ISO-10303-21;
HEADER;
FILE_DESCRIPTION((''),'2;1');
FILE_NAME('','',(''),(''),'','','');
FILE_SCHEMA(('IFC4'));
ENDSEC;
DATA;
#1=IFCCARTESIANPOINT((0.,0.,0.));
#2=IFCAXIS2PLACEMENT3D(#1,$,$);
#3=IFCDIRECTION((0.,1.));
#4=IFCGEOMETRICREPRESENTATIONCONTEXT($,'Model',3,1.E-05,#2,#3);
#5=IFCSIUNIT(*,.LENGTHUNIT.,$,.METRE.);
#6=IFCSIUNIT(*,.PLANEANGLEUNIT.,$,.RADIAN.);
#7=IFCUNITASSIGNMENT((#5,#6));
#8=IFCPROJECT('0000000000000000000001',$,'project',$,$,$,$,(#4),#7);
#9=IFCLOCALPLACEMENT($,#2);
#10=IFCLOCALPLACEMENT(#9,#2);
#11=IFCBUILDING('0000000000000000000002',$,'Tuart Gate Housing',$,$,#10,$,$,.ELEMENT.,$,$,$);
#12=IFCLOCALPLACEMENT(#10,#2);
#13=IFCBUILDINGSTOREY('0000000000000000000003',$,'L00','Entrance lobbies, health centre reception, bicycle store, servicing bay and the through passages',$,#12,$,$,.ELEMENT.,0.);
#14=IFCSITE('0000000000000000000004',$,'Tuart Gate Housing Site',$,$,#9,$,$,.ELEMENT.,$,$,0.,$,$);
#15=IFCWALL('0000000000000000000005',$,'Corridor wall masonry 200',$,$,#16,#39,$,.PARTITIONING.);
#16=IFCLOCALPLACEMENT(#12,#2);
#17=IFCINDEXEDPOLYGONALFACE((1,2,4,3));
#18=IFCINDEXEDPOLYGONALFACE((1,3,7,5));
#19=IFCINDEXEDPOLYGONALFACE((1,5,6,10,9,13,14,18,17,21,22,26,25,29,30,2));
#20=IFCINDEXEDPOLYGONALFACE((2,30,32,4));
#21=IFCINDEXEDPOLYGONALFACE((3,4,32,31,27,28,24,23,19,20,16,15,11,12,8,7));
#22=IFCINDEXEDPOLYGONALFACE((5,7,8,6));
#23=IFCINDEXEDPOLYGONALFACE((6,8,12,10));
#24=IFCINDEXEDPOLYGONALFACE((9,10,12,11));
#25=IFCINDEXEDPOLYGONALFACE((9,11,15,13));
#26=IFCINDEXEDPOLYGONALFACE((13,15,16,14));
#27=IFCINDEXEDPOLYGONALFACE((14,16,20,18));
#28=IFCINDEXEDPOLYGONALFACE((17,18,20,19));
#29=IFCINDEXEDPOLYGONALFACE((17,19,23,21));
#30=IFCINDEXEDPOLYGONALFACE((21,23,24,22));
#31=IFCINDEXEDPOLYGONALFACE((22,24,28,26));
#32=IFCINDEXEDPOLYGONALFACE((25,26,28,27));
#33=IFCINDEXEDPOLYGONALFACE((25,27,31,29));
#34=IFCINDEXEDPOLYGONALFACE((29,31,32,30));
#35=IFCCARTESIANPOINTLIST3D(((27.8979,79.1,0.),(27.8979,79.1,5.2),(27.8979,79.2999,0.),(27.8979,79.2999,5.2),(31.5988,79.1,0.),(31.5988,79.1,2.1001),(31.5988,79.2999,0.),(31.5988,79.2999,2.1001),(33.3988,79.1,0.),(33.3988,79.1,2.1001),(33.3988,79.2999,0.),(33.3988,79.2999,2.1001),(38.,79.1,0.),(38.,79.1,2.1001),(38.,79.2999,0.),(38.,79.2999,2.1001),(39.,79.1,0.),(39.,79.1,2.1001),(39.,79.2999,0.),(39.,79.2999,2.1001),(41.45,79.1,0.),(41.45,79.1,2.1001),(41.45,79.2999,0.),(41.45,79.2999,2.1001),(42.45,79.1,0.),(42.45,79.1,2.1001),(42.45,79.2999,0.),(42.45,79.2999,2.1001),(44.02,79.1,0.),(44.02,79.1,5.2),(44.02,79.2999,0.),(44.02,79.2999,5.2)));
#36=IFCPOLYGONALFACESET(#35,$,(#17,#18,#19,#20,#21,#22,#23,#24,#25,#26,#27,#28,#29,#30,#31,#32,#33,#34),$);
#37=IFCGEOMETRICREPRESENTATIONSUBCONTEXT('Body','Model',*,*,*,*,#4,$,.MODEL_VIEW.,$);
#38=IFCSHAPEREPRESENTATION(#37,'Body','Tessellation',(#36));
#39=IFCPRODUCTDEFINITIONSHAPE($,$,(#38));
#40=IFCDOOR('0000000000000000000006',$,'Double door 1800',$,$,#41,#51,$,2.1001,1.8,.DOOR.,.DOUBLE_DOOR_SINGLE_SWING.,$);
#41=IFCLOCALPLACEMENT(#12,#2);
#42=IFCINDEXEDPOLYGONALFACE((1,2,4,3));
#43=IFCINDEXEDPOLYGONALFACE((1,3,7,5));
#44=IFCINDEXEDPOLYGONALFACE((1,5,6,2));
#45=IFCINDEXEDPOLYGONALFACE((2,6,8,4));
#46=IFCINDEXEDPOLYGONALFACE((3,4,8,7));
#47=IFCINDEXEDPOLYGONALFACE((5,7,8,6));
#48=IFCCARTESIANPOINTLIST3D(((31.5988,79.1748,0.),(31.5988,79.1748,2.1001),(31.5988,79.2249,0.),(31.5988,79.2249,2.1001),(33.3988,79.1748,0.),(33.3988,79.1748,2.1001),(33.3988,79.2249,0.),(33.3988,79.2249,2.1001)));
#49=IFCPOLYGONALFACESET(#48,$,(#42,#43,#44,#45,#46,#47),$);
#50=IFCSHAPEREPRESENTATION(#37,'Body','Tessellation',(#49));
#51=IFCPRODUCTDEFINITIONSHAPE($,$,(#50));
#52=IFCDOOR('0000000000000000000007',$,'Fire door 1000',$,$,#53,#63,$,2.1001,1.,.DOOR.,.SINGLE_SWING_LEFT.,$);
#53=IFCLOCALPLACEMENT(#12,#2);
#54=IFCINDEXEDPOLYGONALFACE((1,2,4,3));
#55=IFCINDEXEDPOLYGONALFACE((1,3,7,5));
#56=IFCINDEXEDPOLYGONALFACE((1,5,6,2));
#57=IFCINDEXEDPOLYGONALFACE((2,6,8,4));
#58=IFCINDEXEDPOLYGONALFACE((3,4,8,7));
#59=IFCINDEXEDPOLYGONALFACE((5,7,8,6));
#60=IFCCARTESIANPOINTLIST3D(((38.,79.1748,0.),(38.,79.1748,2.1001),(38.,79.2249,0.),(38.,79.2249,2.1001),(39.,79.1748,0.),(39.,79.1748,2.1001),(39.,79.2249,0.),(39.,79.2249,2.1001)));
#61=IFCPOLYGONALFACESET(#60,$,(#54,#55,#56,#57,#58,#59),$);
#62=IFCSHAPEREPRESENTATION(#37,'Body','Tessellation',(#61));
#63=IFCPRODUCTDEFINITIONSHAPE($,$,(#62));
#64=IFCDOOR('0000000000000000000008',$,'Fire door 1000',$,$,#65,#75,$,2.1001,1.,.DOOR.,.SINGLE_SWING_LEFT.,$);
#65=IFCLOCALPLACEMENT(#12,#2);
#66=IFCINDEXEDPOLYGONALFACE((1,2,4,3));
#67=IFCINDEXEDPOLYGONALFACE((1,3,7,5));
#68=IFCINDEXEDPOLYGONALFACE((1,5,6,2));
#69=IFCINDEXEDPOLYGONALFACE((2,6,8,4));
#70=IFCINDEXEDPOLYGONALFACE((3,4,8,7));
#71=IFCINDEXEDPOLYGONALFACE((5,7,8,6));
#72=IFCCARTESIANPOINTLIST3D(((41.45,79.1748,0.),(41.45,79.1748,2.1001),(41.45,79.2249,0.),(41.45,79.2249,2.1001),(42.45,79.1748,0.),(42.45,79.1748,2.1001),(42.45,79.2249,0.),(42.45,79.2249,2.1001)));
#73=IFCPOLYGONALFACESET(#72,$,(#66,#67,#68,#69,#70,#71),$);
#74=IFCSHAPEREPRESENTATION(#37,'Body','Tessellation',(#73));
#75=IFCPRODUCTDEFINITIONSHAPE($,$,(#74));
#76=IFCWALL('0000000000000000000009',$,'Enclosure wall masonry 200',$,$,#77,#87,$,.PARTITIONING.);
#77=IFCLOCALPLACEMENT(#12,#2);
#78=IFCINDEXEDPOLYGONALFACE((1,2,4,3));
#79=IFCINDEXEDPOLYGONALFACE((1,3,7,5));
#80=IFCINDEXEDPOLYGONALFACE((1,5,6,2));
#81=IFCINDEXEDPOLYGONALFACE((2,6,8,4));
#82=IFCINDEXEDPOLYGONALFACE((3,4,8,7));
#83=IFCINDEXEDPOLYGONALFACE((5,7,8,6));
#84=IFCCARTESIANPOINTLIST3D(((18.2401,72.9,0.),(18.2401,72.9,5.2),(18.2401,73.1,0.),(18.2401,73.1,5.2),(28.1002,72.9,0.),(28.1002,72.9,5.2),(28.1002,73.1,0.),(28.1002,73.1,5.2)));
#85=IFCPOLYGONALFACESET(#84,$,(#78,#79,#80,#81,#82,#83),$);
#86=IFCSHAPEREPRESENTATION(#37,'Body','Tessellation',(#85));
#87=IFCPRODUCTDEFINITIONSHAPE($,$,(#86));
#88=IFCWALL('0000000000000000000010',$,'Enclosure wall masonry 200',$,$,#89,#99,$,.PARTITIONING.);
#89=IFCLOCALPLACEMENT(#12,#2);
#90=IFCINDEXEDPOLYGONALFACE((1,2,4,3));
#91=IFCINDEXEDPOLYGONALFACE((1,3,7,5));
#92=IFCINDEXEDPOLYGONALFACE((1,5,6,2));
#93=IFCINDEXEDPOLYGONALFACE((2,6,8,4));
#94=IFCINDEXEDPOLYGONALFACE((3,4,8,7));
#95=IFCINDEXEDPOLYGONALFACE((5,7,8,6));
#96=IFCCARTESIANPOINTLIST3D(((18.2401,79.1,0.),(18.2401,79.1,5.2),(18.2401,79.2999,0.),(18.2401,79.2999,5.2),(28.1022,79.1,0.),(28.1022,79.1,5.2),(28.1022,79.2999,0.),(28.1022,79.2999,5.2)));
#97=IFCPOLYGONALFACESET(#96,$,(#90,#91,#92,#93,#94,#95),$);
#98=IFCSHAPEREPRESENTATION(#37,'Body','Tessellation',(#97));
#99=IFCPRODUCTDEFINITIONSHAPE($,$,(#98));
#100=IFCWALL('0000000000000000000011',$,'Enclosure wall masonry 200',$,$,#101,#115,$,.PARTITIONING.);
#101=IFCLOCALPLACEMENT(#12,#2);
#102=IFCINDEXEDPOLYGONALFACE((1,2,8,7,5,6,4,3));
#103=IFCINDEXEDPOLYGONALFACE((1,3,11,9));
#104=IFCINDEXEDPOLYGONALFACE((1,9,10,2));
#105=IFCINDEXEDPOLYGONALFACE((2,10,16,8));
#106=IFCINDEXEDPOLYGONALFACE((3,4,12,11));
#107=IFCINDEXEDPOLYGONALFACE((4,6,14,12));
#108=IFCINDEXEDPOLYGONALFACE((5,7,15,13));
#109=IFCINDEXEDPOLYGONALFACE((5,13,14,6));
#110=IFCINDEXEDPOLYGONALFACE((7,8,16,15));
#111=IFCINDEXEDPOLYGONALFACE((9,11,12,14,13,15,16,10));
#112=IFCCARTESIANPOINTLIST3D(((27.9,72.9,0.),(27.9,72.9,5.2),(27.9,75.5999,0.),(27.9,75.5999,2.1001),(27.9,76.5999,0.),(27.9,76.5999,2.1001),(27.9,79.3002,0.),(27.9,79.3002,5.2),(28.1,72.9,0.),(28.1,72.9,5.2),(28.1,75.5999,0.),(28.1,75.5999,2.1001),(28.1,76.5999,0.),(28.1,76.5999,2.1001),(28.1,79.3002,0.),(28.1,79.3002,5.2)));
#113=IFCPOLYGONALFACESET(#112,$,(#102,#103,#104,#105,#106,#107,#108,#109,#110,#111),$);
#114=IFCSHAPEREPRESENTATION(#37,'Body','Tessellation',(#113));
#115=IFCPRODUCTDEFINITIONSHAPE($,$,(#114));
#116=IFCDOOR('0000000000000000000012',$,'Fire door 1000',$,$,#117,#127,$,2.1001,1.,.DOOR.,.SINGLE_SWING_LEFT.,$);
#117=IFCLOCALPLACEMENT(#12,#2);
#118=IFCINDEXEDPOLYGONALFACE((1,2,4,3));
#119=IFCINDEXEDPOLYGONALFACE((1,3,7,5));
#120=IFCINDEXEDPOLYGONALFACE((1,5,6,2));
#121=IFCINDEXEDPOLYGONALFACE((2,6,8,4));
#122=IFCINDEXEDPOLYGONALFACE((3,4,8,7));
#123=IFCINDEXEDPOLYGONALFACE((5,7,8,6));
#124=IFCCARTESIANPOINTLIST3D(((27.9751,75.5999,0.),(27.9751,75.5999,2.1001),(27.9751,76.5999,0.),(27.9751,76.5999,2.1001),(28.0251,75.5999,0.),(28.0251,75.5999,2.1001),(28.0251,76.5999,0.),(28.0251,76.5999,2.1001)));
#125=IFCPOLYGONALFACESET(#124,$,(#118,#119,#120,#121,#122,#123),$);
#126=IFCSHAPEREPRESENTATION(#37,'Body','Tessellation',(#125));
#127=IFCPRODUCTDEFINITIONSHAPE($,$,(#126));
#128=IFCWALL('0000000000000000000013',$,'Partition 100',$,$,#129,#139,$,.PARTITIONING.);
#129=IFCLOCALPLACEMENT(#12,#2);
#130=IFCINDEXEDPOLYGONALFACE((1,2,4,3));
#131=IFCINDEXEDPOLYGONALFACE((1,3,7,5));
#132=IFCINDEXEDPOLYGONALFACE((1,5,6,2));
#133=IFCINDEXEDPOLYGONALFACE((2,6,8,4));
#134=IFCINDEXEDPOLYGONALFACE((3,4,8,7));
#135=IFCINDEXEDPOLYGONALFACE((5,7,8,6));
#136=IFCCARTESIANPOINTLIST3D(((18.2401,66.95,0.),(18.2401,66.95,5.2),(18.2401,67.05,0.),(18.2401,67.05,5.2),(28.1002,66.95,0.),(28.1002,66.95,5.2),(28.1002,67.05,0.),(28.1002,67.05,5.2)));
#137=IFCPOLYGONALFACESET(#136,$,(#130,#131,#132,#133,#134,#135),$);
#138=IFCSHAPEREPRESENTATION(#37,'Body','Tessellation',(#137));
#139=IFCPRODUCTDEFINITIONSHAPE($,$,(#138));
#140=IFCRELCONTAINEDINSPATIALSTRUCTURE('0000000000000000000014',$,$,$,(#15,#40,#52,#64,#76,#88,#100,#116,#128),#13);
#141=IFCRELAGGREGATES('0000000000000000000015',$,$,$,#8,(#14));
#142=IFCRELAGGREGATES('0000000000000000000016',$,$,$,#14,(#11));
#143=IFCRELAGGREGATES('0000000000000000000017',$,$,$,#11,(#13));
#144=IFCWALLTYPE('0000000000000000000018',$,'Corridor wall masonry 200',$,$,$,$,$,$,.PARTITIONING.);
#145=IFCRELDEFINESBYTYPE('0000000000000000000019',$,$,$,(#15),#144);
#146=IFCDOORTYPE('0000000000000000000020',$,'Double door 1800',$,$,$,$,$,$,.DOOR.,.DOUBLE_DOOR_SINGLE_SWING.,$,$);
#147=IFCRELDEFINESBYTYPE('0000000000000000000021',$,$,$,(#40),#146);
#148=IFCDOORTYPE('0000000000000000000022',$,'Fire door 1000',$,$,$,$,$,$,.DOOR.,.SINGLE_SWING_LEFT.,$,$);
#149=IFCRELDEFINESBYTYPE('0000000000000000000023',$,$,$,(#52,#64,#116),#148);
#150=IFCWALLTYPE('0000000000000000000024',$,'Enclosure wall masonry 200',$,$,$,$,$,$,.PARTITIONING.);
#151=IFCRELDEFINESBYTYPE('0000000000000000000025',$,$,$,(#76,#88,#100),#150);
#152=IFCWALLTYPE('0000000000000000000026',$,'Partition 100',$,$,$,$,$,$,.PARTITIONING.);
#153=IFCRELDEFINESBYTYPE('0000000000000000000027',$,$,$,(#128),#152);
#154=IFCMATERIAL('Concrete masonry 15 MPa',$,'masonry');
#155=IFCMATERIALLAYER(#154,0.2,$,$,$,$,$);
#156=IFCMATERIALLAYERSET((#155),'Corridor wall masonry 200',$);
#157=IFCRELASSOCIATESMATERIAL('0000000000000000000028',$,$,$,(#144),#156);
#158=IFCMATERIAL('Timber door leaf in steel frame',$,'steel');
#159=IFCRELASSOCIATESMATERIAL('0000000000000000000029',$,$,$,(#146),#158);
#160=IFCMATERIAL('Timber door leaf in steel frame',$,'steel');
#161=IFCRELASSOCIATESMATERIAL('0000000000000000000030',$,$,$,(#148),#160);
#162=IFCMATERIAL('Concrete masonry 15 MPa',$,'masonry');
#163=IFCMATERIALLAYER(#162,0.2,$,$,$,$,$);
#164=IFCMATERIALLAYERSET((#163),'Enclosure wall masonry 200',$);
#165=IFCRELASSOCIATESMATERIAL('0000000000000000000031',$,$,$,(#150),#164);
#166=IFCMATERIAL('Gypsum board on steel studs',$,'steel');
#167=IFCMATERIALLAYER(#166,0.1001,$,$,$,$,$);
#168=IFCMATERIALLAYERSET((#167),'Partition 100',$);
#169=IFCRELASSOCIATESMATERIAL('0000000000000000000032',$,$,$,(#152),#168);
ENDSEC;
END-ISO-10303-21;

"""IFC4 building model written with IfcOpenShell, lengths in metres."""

from ifc_helpers import new_model, si_unit, direction, frame, frame_2d, origin, place, context, subcontext, project, spatial, rectangle, extrude, material, layer, layer_set, type_object, element, fill, save


model = new_model("IFC4")

# Units and contexts
model_context = context("Model", 3, precision=1e-05, world=origin(), true_north=direction((0.0, 1.0)))
body_context = subcontext(model_context, "Body", "Model", "MODEL_VIEW")
ifc_project = project(units=[si_unit("LENGTHUNIT", "METRE"), si_unit("PLANEANGLEUNIT", "RADIAN")], contexts=[model_context])

# Site, building, storey
site_placement = place(None, origin())
site = spatial("IfcSite", under=ifc_project, at=site_placement, Name="Tuart Gate Housing Site", CompositionType="ELEMENT", RefElevation=0.0)
building_placement = place(site_placement, origin())
building = spatial("IfcBuilding", under=site, at=building_placement, Name="Tuart Gate Housing", CompositionType="ELEMENT")
storey_placement = place(building_placement, origin())
storey = spatial("IfcBuildingStorey", under=building, at=storey_placement, Name="L00", Description="Entrance lobbies, health centre reception, bicycle store, servicing bay and the through passages", CompositionType="ELEMENT", Elevation=0.0)

# Wall, openings, doors
ifc_material_1 = material(Name="Concrete masonry 15 MPa", Category="masonry")
ifc_layer_1 = layer(ifc_material_1, 0.2)
ifc_layer_set_1 = layer_set([ifc_layer_1], Name="Corridor wall masonry 200")
wall_type_1 = type_object("IfcWallType", Name="Corridor wall masonry 200", PredefinedType="PARTITIONING", material=ifc_layer_set_1)
wall_1_placement = place(storey_placement, frame((27.8979, 79.2, 0.0), z_axis=(0.0, 0.0, 1.0), x_axis=(1.0, 0.0, 0.0)))
wall_1 = element("IfcWall", 1, at=wall_1_placement, inside=storey, type_object=wall_type_1, Name="Corridor wall masonry 200", PredefinedType="PARTITIONING", context=body_context, shape_type="SweptSolid", body=[
    extrude(rectangle(XDim=16.1221, YDim=0.2, at=frame_2d((8.061, 0.0))), origin(), (0.0, 0.0, 1.0), 5.2),
])
opening_1_placement = place(wall_1_placement, frame((3.7009, 0.0, 0.0)))
opening_1 = element("IfcOpeningElement", 2, at=opening_1_placement, cuts=wall_1, PredefinedType="OPENING", context=body_context, shape_type="SweptSolid", body=[
    extrude(rectangle(XDim=1.8, YDim=2.1001, at=frame_2d((0.8999, 1.05))), frame((0.0, 0.1099, 0.0), z_axis=(0.0, -1.0, 0.0), x_axis=(1.0, 0.0, 0.0)), (0.0, 0.0, 1.0), 0.22),
])
opening_2_placement = place(wall_1_placement, frame((10.1021, 0.0, 0.0)))
opening_2 = element("IfcOpeningElement", 3, at=opening_2_placement, cuts=wall_1, PredefinedType="OPENING", context=body_context, shape_type="SweptSolid", body=[
    extrude(rectangle(XDim=1.0, YDim=2.1001, at=frame_2d((0.5, 1.05))), frame((0.0, 0.1099, 0.0), z_axis=(0.0, -1.0, 0.0), x_axis=(1.0, 0.0, 0.0)), (0.0, 0.0, 1.0), 0.22),
])
opening_3_placement = place(wall_1_placement, frame((13.552, 0.0, 0.0)))
opening_3 = element("IfcOpeningElement", 4, at=opening_3_placement, cuts=wall_1, PredefinedType="OPENING", context=body_context, shape_type="SweptSolid", body=[
    extrude(rectangle(XDim=1.0, YDim=2.1001, at=frame_2d((0.5, 1.05))), frame((0.0, 0.1099, 0.0), z_axis=(0.0, -1.0, 0.0), x_axis=(1.0, 0.0, 0.0)), (0.0, 0.0, 1.0), 0.22),
])
ifc_material_2 = material(Name="Timber door leaf in steel frame", Category="steel")
door_type_1 = type_object("IfcDoorType", Name="Double door 1800", OperationType="DOUBLE_DOOR_SINGLE_SWING", PredefinedType="DOOR", material=ifc_material_2)
door_1_placement = place(opening_1_placement, origin())
door_1 = element("IfcDoor", 5, at=door_1_placement, inside=storey, type_object=door_type_1, Name="Double door 1800", OperationType="DOUBLE_DOOR_SINGLE_SWING", OverallHeight=2.1001, OverallWidth=1.8, PredefinedType="DOOR", context=body_context, shape_type="SweptSolid", body=[
    extrude(rectangle(XDim=1.8, YDim=2.1001, at=frame_2d((0.8999, 1.05))), frame((0.0, 0.0249, 0.0), z_axis=(0.0, -1.0, 0.0), x_axis=(1.0, 0.0, 0.0)), (0.0, 0.0, 1.0), 0.05),
])
fill(opening_1, door_1)
ifc_material_3 = material(Name="Timber door leaf in steel frame", Category="steel")
door_type_2 = type_object("IfcDoorType", Name="Fire door 1000", OperationType="SINGLE_SWING_LEFT", PredefinedType="DOOR", material=ifc_material_3)
door_2_placement = place(opening_2_placement, origin())
door_2 = element("IfcDoor", 6, at=door_2_placement, inside=storey, type_object=door_type_2, Name="Fire door 1000", OperationType="SINGLE_SWING_LEFT", OverallHeight=2.1001, OverallWidth=1.0, PredefinedType="DOOR", context=body_context, shape_type="SweptSolid", body=[
    extrude(rectangle(XDim=1.0, YDim=2.1001, at=frame_2d((0.5, 1.05))), frame((0.0, 0.0249, 0.0), z_axis=(0.0, -1.0, 0.0), x_axis=(1.0, 0.0, 0.0)), (0.0, 0.0, 1.0), 0.05),
])
fill(opening_2, door_2)
door_3_placement = place(opening_3_placement, origin())
door_3 = element("IfcDoor", 7, at=door_3_placement, inside=storey, type_object=door_type_2, Name="Fire door 1000", OperationType="SINGLE_SWING_LEFT", OverallHeight=2.1001, OverallWidth=1.0, PredefinedType="DOOR", context=body_context, shape_type="SweptSolid", body=[
    extrude(rectangle(XDim=1.0, YDim=2.1001, at=frame_2d((0.5, 1.05))), frame((0.0, 0.0249, 0.0), z_axis=(0.0, -1.0, 0.0), x_axis=(1.0, 0.0, 0.0)), (0.0, 0.0, 1.0), 0.05),
])
fill(opening_3, door_3)

# Walls
ifc_material_4 = material(Name="Concrete masonry 15 MPa", Category="masonry")
ifc_layer_2 = layer(ifc_material_4, 0.2)
ifc_layer_set_2 = layer_set([ifc_layer_2], Name="Enclosure wall masonry 200")
wall_type_2 = type_object("IfcWallType", Name="Enclosure wall masonry 200", PredefinedType="PARTITIONING", material=ifc_layer_set_2)
wall_2_placement = place(storey_placement, frame((18.24, 73.0, 0.0), z_axis=(0.0, 0.0, 1.0), x_axis=(1.0, 0.0, 0.0)))
element("IfcWall", 8, at=wall_2_placement, inside=storey, type_object=wall_type_2, Name="Enclosure wall masonry 200", PredefinedType="PARTITIONING", context=body_context, shape_type="SweptSolid", body=[
    extrude(rectangle(XDim=9.8601, YDim=0.2, at=frame_2d((4.9302, 0.0))), origin(), (0.0, 0.0, 1.0), 5.2),
])
wall_3_placement = place(storey_placement, frame((18.24, 79.2, 0.0), z_axis=(0.0, 0.0, 1.0), x_axis=(1.0, 0.0, 0.0)))
element("IfcWall", 9, at=wall_3_placement, inside=storey, type_object=wall_type_2, Name="Enclosure wall masonry 200", PredefinedType="PARTITIONING", context=body_context, shape_type="SweptSolid", body=[
    extrude(rectangle(XDim=9.8621, YDim=0.2, at=frame_2d((4.9312, 0.0))), origin(), (0.0, 0.0, 1.0), 5.2),
])

# Wall, opening, door
wall_4_placement = place(storey_placement, frame((28.0, 72.8999, 0.0), z_axis=(0.0, 0.0, 1.0), x_axis=(0.0, 1.0, 0.0)))
wall_4 = element("IfcWall", 10, at=wall_4_placement, inside=storey, type_object=wall_type_2, Name="Enclosure wall masonry 200", PredefinedType="PARTITIONING", context=body_context, shape_type="SweptSolid", body=[
    extrude(rectangle(XDim=6.4001, YDim=0.2, at=frame_2d((3.2002, 0.0))), origin(), (0.0, 0.0, 1.0), 5.2),
])
opening_4_placement = place(wall_4_placement, frame((2.7, 0.0, 0.0)))
opening_4 = element("IfcOpeningElement", 11, at=opening_4_placement, cuts=wall_4, PredefinedType="OPENING", context=body_context, shape_type="SweptSolid", body=[
    extrude(rectangle(XDim=1.0, YDim=2.1001, at=frame_2d((0.5, 1.05))), frame((0.0, 0.1099, 0.0), z_axis=(0.0, -1.0, 0.0), x_axis=(1.0, 0.0, 0.0)), (0.0, 0.0, 1.0), 0.22),
])
door_4_placement = place(opening_4_placement, origin())
door_4 = element("IfcDoor", 12, at=door_4_placement, inside=storey, type_object=door_type_2, Name="Fire door 1000", OperationType="SINGLE_SWING_LEFT", OverallHeight=2.1001, OverallWidth=1.0, PredefinedType="DOOR", context=body_context, shape_type="SweptSolid", body=[
    extrude(rectangle(XDim=1.0, YDim=2.1001, at=frame_2d((0.5, 1.05))), frame((0.0, 0.0249, 0.0), z_axis=(0.0, -1.0, 0.0), x_axis=(1.0, 0.0, 0.0)), (0.0, 0.0, 1.0), 0.05),
])
fill(opening_4, door_4)

# Wall
ifc_material_5 = material(Name="Gypsum board on steel studs", Category="steel")
ifc_layer_3 = layer(ifc_material_5, 0.1001)
ifc_layer_set_3 = layer_set([ifc_layer_3], Name="Partition 100")
wall_type_3 = type_object("IfcWallType", Name="Partition 100", PredefinedType="PARTITIONING", material=ifc_layer_set_3)
wall_5_placement = place(storey_placement, frame((18.24, 67.0, 0.0), z_axis=(0.0, 0.0, 1.0), x_axis=(1.0, 0.0, 0.0)))
element("IfcWall", 13, at=wall_5_placement, inside=storey, type_object=wall_type_3, Name="Partition 100", PredefinedType="PARTITIONING", context=body_context, shape_type="SweptSolid", body=[
    extrude(rectangle(XDim=9.8601, YDim=0.1001, at=frame_2d((4.9302, 0.0))), origin(), (0.0, 0.0, 1.0), 5.2),
])

save(model, "model.ifc")
